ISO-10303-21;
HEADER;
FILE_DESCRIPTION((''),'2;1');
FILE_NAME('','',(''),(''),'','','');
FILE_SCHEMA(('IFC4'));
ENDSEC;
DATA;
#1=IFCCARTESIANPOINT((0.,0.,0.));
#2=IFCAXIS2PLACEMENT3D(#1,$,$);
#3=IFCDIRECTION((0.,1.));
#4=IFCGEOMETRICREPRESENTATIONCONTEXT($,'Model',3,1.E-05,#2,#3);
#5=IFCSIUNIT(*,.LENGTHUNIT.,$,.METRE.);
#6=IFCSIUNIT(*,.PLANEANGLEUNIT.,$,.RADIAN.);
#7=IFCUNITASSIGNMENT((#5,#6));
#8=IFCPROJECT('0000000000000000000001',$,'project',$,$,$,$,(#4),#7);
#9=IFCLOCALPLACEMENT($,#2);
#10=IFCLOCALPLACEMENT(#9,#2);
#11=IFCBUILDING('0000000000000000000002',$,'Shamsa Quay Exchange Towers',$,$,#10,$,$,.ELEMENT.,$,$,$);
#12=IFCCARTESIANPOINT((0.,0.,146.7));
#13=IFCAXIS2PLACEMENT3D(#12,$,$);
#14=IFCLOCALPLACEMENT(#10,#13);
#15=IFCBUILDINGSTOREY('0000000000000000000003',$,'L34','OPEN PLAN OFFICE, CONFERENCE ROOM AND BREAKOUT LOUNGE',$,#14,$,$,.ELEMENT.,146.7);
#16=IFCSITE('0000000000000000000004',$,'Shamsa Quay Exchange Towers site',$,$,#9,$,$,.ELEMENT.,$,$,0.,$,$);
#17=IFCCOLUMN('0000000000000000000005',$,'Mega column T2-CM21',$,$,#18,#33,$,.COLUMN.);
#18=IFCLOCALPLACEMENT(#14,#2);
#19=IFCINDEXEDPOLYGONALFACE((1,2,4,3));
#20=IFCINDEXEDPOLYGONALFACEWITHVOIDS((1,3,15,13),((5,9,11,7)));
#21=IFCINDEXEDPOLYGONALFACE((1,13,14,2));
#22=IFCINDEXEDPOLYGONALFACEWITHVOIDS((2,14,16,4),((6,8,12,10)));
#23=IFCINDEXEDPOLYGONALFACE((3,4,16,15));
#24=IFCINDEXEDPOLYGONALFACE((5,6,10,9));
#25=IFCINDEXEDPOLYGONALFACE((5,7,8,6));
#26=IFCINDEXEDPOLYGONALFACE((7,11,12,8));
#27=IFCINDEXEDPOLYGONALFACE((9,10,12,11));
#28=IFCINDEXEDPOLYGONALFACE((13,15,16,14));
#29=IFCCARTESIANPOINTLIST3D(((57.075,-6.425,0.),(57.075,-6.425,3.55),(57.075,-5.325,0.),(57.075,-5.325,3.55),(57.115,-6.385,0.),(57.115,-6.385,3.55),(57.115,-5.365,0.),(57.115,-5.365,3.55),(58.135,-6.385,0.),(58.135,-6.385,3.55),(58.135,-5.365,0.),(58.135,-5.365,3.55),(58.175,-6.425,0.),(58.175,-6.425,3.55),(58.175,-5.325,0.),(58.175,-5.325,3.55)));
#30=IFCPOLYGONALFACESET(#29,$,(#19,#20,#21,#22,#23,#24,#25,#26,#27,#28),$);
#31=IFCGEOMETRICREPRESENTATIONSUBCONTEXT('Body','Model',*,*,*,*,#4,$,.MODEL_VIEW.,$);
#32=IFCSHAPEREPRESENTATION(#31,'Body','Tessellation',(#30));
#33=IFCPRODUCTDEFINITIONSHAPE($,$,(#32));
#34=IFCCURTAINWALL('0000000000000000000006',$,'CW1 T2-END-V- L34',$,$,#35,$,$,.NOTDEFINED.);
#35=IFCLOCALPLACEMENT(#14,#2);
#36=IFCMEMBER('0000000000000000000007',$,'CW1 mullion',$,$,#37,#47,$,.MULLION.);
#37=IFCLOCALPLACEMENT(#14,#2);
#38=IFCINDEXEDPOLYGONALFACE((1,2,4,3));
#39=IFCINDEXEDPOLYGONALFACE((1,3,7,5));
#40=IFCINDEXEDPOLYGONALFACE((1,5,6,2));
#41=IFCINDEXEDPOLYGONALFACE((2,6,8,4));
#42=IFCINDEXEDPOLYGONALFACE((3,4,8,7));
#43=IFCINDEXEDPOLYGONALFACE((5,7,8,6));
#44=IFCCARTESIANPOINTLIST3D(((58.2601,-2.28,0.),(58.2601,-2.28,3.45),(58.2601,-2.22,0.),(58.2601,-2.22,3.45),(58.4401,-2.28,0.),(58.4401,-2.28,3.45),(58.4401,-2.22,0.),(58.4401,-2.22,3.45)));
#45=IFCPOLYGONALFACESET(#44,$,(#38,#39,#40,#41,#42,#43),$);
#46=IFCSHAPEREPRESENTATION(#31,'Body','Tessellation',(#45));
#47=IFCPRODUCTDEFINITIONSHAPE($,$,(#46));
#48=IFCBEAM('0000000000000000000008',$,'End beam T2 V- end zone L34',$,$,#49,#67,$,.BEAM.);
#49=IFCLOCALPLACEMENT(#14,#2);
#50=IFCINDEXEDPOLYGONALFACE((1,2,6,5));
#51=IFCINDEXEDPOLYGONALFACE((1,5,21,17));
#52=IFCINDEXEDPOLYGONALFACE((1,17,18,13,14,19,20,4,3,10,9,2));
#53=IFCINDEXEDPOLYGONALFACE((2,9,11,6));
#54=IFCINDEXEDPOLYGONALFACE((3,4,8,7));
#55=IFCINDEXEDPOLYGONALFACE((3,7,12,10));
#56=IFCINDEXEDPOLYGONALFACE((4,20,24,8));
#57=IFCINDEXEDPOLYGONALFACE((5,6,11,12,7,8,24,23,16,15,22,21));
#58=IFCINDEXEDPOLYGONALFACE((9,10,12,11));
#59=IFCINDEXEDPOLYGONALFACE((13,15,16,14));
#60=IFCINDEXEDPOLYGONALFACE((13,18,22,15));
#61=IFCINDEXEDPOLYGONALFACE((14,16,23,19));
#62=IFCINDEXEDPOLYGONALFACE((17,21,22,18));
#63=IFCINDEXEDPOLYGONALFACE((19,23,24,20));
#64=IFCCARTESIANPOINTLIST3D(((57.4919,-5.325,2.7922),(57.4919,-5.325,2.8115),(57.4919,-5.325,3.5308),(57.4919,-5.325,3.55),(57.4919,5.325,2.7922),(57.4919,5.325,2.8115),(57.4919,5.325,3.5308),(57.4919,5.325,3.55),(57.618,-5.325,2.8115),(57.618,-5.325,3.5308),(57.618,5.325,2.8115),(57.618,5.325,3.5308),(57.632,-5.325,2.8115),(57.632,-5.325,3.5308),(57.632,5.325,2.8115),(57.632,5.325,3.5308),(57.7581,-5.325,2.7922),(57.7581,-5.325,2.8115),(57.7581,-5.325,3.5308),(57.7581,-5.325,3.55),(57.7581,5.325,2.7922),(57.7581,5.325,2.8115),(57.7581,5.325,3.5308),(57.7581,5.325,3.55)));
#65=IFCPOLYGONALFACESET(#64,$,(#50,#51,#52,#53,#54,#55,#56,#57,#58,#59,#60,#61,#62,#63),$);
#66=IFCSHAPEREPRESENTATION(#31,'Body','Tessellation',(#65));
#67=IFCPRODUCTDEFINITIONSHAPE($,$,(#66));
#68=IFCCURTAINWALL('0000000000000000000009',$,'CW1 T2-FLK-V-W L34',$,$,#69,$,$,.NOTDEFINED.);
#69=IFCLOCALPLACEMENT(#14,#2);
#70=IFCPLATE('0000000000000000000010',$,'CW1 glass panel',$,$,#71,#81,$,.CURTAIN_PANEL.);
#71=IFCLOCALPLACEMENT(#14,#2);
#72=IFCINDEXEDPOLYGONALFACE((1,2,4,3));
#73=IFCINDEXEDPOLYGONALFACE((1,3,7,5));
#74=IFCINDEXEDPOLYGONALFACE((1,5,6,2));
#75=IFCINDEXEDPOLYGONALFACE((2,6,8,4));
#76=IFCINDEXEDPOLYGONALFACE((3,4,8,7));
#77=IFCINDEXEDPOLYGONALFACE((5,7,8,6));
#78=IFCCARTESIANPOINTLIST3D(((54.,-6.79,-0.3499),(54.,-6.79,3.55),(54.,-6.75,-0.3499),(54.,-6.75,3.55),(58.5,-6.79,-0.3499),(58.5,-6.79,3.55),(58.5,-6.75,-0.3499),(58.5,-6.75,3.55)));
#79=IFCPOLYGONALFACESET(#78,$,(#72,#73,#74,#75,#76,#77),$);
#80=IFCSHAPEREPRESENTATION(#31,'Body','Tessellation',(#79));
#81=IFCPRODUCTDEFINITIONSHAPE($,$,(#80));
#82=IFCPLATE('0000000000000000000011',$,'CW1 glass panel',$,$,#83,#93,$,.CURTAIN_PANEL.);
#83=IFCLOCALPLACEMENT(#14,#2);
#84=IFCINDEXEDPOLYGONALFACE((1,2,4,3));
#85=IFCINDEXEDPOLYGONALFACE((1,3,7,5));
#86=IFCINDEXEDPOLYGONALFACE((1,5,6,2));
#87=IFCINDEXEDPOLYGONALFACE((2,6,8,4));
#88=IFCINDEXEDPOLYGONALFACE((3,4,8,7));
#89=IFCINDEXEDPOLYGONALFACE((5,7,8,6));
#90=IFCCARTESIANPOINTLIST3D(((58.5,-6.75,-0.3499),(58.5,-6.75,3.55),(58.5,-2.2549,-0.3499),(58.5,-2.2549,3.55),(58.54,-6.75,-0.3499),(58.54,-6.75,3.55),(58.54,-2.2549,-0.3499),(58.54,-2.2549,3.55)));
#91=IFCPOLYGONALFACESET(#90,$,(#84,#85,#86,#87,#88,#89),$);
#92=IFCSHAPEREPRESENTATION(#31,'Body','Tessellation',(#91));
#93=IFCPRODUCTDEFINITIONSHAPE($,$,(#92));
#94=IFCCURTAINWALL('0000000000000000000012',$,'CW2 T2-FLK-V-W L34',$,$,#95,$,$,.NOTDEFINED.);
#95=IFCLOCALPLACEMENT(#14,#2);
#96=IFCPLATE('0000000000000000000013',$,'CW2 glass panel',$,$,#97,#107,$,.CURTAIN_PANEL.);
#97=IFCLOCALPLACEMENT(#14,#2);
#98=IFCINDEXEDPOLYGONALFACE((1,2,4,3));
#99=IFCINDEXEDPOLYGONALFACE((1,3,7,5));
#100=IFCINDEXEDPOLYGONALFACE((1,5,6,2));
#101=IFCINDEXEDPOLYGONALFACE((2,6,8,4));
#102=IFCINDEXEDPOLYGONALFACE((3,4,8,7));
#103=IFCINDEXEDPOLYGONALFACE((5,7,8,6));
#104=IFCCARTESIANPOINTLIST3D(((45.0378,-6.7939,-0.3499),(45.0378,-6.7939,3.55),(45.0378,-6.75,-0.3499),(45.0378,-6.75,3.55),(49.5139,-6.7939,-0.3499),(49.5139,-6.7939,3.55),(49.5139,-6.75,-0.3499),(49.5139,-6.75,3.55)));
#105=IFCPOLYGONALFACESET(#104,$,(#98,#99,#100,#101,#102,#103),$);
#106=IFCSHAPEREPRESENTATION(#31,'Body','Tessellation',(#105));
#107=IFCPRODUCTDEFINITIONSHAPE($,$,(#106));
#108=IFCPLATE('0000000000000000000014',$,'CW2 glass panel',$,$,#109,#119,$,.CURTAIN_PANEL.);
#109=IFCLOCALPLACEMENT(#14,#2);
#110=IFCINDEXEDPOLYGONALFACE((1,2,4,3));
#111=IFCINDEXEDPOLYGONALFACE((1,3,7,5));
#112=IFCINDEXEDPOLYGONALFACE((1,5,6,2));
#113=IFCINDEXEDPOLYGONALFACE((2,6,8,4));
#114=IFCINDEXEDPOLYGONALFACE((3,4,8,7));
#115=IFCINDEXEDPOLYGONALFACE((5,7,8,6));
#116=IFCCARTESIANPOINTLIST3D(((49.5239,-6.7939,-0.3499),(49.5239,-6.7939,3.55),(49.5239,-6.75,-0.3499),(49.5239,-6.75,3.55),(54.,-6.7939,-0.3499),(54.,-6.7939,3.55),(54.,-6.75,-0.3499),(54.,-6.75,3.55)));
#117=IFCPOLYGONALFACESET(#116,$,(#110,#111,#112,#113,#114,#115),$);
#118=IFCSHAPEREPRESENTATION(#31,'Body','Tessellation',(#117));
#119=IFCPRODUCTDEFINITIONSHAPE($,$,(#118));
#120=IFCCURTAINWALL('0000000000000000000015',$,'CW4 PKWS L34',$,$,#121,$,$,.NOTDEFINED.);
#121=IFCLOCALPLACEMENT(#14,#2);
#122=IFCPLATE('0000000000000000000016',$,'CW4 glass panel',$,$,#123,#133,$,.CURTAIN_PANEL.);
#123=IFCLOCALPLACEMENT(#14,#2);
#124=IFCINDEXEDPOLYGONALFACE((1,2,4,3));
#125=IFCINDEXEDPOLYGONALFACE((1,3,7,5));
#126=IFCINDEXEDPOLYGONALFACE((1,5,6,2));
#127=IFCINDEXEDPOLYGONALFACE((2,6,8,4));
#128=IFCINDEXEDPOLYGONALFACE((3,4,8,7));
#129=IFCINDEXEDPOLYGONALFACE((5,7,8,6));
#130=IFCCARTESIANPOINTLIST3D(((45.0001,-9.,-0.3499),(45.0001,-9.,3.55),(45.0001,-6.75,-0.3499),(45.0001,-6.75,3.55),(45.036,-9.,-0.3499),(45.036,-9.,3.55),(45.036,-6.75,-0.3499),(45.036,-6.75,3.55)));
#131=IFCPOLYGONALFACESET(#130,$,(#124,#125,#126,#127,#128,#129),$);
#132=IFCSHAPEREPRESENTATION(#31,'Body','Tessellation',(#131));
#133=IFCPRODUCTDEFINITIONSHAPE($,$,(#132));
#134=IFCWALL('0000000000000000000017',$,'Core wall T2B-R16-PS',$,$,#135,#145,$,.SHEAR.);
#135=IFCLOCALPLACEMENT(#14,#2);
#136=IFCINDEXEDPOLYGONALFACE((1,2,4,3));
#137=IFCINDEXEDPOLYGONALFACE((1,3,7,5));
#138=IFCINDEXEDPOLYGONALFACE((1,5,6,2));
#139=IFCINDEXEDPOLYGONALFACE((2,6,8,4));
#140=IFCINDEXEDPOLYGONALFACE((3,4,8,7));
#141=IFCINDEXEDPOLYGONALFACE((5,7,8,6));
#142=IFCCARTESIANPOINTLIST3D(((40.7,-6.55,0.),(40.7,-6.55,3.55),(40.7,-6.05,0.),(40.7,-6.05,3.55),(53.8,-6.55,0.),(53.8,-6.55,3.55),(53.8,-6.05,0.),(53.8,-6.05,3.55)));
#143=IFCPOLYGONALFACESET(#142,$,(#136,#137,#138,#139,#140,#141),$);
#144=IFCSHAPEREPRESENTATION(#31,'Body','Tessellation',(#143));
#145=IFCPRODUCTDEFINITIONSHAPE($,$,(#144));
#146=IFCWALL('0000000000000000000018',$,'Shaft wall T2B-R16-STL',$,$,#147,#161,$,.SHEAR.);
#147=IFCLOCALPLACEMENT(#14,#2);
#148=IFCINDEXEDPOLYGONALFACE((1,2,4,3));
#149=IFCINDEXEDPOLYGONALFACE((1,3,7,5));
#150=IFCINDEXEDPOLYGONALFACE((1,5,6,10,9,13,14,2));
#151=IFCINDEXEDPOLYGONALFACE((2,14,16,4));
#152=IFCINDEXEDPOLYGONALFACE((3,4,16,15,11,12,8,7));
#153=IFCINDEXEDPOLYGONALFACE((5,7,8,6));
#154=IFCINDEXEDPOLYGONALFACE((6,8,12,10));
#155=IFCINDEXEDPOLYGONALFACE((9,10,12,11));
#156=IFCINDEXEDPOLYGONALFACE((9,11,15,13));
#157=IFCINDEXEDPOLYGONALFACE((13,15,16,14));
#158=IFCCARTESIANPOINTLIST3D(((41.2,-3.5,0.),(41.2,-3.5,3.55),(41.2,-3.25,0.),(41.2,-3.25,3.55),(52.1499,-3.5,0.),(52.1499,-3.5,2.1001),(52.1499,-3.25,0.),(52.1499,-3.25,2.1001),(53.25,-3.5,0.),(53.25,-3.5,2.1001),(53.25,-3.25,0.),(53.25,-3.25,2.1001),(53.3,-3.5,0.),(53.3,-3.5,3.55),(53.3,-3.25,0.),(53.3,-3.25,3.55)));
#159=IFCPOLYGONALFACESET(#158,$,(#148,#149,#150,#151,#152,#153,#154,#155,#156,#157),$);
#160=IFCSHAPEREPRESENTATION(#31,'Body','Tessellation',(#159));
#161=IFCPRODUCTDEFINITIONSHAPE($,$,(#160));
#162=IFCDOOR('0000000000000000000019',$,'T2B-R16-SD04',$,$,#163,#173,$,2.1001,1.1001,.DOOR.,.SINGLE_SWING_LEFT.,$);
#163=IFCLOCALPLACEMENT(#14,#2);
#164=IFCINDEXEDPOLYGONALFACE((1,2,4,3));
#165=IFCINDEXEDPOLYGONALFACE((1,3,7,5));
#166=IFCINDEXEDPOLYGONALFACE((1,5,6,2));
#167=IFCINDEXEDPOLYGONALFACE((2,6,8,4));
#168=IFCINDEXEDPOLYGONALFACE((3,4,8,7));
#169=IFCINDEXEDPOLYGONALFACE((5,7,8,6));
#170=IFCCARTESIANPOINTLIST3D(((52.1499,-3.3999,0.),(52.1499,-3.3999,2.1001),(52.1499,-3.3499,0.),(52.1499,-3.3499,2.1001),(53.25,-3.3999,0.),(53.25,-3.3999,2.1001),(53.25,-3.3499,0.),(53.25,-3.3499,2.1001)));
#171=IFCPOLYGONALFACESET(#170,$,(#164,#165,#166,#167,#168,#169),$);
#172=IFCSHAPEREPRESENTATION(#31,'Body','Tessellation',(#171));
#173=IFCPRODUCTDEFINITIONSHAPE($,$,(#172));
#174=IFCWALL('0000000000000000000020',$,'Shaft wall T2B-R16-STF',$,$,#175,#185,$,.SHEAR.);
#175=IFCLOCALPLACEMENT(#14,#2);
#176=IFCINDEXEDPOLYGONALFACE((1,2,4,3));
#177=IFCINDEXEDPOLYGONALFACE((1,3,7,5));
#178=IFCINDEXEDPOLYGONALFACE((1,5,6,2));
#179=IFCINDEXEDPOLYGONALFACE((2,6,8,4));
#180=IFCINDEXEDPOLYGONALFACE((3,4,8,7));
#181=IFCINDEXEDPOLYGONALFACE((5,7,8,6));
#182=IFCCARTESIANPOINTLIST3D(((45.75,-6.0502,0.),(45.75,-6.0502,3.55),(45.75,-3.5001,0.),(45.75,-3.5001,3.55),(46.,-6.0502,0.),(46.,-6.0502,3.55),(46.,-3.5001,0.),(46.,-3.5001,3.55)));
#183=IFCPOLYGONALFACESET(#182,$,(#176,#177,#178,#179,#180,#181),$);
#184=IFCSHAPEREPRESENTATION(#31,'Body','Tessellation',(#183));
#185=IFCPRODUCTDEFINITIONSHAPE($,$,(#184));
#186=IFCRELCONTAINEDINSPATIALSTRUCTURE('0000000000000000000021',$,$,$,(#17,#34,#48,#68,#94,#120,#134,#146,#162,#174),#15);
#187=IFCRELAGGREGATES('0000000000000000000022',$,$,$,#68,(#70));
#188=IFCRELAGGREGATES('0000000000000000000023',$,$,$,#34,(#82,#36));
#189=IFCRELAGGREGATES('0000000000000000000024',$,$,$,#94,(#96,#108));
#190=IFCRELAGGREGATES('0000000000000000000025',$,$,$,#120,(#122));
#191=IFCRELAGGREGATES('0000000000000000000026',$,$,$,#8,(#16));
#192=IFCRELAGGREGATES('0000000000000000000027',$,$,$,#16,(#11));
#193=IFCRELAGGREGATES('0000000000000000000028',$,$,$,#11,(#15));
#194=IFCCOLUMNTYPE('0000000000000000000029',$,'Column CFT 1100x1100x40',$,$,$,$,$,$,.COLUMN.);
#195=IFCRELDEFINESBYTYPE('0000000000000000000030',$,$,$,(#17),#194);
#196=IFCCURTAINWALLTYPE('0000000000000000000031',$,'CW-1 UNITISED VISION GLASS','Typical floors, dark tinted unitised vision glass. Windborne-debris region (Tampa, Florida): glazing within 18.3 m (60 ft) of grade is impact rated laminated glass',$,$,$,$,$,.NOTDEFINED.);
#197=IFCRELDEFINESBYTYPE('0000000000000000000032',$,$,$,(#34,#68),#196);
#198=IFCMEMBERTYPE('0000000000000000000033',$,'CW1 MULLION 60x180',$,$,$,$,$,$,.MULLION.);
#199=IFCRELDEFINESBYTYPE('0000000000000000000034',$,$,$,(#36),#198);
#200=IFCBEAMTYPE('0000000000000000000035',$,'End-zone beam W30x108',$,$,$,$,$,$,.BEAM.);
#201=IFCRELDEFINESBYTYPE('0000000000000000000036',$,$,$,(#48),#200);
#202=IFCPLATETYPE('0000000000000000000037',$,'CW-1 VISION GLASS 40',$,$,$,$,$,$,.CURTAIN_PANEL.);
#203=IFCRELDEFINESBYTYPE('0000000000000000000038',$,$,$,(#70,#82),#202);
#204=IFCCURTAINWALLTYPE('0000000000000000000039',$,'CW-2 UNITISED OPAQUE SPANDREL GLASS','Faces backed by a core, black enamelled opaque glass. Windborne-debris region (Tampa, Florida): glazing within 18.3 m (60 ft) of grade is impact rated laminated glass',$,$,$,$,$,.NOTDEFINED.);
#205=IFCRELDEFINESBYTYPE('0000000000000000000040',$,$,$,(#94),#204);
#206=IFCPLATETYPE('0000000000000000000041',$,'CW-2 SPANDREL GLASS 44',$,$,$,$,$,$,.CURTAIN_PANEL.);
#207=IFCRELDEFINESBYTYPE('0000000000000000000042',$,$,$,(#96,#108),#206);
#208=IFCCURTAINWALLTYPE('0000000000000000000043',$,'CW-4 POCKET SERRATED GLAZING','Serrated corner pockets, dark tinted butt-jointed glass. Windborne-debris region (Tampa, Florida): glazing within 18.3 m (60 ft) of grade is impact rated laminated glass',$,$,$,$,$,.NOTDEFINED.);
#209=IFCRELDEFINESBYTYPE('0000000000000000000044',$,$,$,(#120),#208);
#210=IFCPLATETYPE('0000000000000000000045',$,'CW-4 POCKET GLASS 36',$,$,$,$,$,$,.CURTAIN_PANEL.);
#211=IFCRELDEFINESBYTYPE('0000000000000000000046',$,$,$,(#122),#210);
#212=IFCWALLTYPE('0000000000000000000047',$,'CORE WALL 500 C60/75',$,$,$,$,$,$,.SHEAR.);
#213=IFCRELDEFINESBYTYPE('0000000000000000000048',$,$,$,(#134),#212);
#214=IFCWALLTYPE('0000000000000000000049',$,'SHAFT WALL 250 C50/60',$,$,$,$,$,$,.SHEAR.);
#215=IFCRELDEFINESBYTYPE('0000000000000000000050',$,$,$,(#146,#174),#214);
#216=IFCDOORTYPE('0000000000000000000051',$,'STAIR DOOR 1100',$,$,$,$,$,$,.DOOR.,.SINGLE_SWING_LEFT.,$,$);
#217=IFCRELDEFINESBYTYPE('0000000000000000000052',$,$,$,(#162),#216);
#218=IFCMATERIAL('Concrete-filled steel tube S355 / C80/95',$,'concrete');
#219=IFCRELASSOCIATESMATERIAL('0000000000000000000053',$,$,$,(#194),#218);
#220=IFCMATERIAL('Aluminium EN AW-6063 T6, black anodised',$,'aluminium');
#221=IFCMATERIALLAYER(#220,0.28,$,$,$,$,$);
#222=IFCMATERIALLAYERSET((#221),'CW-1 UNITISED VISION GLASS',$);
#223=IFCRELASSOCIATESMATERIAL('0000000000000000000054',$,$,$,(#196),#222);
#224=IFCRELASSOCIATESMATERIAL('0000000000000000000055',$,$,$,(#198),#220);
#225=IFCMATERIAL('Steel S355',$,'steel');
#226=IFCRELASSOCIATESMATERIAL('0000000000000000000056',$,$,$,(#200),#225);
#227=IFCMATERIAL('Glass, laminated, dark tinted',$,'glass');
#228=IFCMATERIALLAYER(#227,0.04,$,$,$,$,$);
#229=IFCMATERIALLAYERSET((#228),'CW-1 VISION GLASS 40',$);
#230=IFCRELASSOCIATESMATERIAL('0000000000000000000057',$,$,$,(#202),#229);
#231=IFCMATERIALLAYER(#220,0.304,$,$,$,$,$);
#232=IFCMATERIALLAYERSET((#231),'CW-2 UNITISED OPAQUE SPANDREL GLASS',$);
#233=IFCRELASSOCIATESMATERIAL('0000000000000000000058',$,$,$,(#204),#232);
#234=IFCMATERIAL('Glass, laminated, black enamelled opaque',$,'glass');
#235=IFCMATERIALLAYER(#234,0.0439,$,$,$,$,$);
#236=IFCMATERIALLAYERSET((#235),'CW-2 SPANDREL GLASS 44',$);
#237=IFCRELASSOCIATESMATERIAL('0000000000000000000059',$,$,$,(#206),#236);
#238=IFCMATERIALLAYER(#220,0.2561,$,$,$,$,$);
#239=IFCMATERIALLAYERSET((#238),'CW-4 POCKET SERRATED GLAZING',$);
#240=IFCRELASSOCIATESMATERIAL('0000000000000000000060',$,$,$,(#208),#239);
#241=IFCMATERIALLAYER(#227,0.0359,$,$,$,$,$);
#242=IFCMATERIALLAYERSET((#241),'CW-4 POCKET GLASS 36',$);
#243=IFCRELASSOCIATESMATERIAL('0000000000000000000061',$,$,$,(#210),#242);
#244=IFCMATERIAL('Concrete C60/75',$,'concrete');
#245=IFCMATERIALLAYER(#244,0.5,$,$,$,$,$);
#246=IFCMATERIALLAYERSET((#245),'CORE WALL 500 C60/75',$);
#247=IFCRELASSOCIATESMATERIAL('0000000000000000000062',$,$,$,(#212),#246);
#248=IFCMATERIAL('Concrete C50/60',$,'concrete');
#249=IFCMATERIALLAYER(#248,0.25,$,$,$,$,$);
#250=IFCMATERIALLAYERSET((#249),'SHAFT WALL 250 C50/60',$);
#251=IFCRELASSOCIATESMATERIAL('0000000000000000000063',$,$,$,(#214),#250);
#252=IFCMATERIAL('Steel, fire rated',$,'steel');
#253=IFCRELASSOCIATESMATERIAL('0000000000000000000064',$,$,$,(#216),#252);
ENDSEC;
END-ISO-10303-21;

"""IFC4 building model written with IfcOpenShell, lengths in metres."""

from ifc_helpers import new_model, si_unit, direction, frame, frame_2d, origin, origin_2d, place, context, subcontext, project, spatial, rectangle, hollow_rectangle, i_section, extrude, material, layer, layer_set, material_profile, profile_set, type_object, element, fill, aggregate, save


model = new_model("IFC4")

# Units and contexts
model_context = context("Model", 3, precision=1e-05, world=origin(), true_north=direction((0.0, 1.0)))
body_context = subcontext(model_context, "Body", "Model", "MODEL_VIEW")
ifc_project = project(units=[si_unit("LENGTHUNIT", "METRE"), si_unit("PLANEANGLEUNIT", "RADIAN")], contexts=[model_context])

# Site, building, storey
site_placement = place(None, origin())
site = spatial("IfcSite", under=ifc_project, at=site_placement, Name="Shamsa Quay Exchange Towers site", CompositionType="ELEMENT", RefElevation=0.0)
building_placement = place(site_placement, origin())
building = spatial("IfcBuilding", under=site, at=building_placement, Name="Shamsa Quay Exchange Towers", CompositionType="ELEMENT")
storey_placement = place(building_placement, frame((0.0, 0.0, 146.7)))
storey = spatial("IfcBuildingStorey", under=building, at=storey_placement, Name="L34", Description="OPEN PLAN OFFICE, CONFERENCE ROOM AND BREAKOUT LOUNGE", CompositionType="ELEMENT", Elevation=146.7)

# Column
ifc_material_1 = material(Name="Concrete-filled steel tube S355 / C80/95", Category="concrete")
ifc_material_profile_1 = material_profile(ifc_material_1, hollow_rectangle(XDim=1.1001, YDim=1.1001, WallThickness=0.04, at=origin_2d()), Name="CFT 1100x1100x40")
ifc_profile_set_1 = profile_set([ifc_material_profile_1], Name="Concrete-filled steel tube S355 / C80/95")
column_type = type_object("IfcColumnType", Name="Column CFT 1100x1100x40", PredefinedType="COLUMN", material=ifc_profile_set_1)
column_placement = place(storey_placement, frame((57.625, -5.875, 0.0)))
element("IfcColumn", 1, at=column_placement, inside=storey, type_object=column_type, Name="Mega column T2-CM21", PredefinedType="COLUMN", context=body_context, shape_type="SweptSolid", body=[
    extrude(hollow_rectangle(XDim=1.1001, YDim=1.1001, WallThickness=0.04, at=origin_2d()), origin(), (0.0, 0.0, 1.0), 3.55),
])

# Curtain wall, member
ifc_material_2 = material(Name="Aluminium EN AW-6063 T6, black anodised", Category="aluminium")
ifc_layer_1 = layer(ifc_material_2, 0.28)
ifc_layer_set_1 = layer_set([ifc_layer_1], Name="CW-1 UNITISED VISION GLASS")
curtain_wall_type_1 = type_object("IfcCurtainWallType", Name="CW-1 UNITISED VISION GLASS", Description="Typical floors, dark tinted unitised vision glass. Windborne-debris region (Tampa, Florida): glazing within 18.3 m (60 ft) of grade is impact rated laminated glass", PredefinedType="NOTDEFINED", material=ifc_layer_set_1)
curtain_wall_1_placement = place(storey_placement, origin())
curtain_wall_1 = element("IfcCurtainWall", 2, at=curtain_wall_1_placement, inside=storey, type_object=curtain_wall_type_1, Name="CW1 T2-END-V- L34", PredefinedType="NOTDEFINED")
ifc_material_profile_2 = material_profile(ifc_material_2, rectangle(XDim=0.1799, YDim=0.0601, at=origin_2d()), Name="MU60x180")
ifc_profile_set_2 = profile_set([ifc_material_profile_2], Name="Aluminium EN AW-6063 T6, black anodised")
member_type = type_object("IfcMemberType", Name="CW1 MULLION 60x180", PredefinedType="MULLION", material=ifc_profile_set_2)
member_placement = place(storey_placement, frame((58.3501, -2.25, 0.0), z_axis=(0.0, 0.0, 1.0), x_axis=(-1.0, 0.0, 0.0)))
member = element("IfcMember", 3, at=member_placement, type_object=member_type, Name="CW1 mullion", PredefinedType="MULLION", context=body_context, shape_type="SweptSolid", body=[
    extrude(rectangle(XDim=0.1799, YDim=0.0601, at=origin_2d()), origin(), (0.0, 0.0, 1.0), 3.45),
])

# Beam
ifc_material_3 = material(Name="Steel S355", Category="steel")
ifc_material_profile_3 = material_profile(ifc_material_3, i_section(OverallWidth=0.2661, OverallDepth=0.7578, WebThickness=0.0139, FlangeThickness=0.0193, at=origin_2d()), Name="W30x108")
ifc_profile_set_3 = profile_set([ifc_material_profile_3], Name="Steel S355")
beam_type = type_object("IfcBeamType", Name="End-zone beam W30x108", PredefinedType="BEAM", material=ifc_profile_set_3)
beam_placement = place(storey_placement, frame((57.625, -5.325, 3.1711), z_axis=(0.0, 1.0, 0.0), x_axis=(-1.0, 0.0, 0.0)))
element("IfcBeam", 4, at=beam_placement, inside=storey, type_object=beam_type, Name="End beam T2 V- end zone L34", PredefinedType="BEAM", context=body_context, shape_type="SweptSolid", body=[
    extrude(i_section(OverallWidth=0.2661, OverallDepth=0.7578, WebThickness=0.0139, FlangeThickness=0.0193, at=origin_2d()), origin(), (0.0, 0.0, 1.0), 10.6499),
])

# Curtain wall, plate
curtain_wall_2_placement = place(storey_placement, origin())
curtain_wall_2 = element("IfcCurtainWall", 5, at=curtain_wall_2_placement, inside=storey, type_object=curtain_wall_type_1, Name="CW1 T2-FLK-V-W L34", PredefinedType="NOTDEFINED")
ifc_material_4 = material(Name="Glass, laminated, dark tinted", Category="glass")
ifc_layer_2 = layer(ifc_material_4, 0.04)
ifc_layer_set_2 = layer_set([ifc_layer_2], Name="CW-1 VISION GLASS 40")
plate_type_1 = type_object("IfcPlateType", Name="CW-1 VISION GLASS 40", PredefinedType="CURTAIN_PANEL", material=ifc_layer_set_2)
plate_1_placement = place(storey_placement, frame((56.25, -6.77, -0.3499)))
plate_1 = element("IfcPlate", 6, at=plate_1_placement, type_object=plate_type_1, Name="CW1 glass panel", PredefinedType="CURTAIN_PANEL", context=body_context, shape_type="SweptSolid", body=[
    extrude(rectangle(XDim=4.5, YDim=0.04, at=origin_2d()), origin(), (0.0, 0.0, 1.0), 3.8999),
])
aggregate(curtain_wall_2, [plate_1])

# Plate
plate_2_placement = place(storey_placement, frame((58.52, -4.5024, -0.3499), z_axis=(0.0, 0.0, 1.0), x_axis=(0.0, 1.0, 0.0)))
plate_2 = element("IfcPlate", 7, at=plate_2_placement, type_object=plate_type_1, Name="CW1 glass panel", PredefinedType="CURTAIN_PANEL", context=body_context, shape_type="SweptSolid", body=[
    extrude(rectangle(XDim=4.4951, YDim=0.04, at=origin_2d()), origin(), (0.0, 0.0, 1.0), 3.8999),
])
aggregate(curtain_wall_1, [plate_2, member])

# Curtain wall, plates
ifc_layer_3 = layer(ifc_material_2, 0.304)
ifc_layer_set_3 = layer_set([ifc_layer_3], Name="CW-2 UNITISED OPAQUE SPANDREL GLASS")
curtain_wall_type_2 = type_object("IfcCurtainWallType", Name="CW-2 UNITISED OPAQUE SPANDREL GLASS", Description="Faces backed by a core, black enamelled opaque glass. Windborne-debris region (Tampa, Florida): glazing within 18.3 m (60 ft) of grade is impact rated laminated glass", PredefinedType="NOTDEFINED", material=ifc_layer_set_3)
curtain_wall_3_placement = place(storey_placement, origin())
curtain_wall_3 = element("IfcCurtainWall", 8, at=curtain_wall_3_placement, inside=storey, type_object=curtain_wall_type_2, Name="CW2 T2-FLK-V-W L34", PredefinedType="NOTDEFINED")
ifc_material_5 = material(Name="Glass, laminated, black enamelled opaque", Category="glass")
ifc_layer_4 = layer(ifc_material_5, 0.0439)
ifc_layer_set_4 = layer_set([ifc_layer_4], Name="CW-2 SPANDREL GLASS 44")
plate_type_2 = type_object("IfcPlateType", Name="CW-2 SPANDREL GLASS 44", PredefinedType="CURTAIN_PANEL", material=ifc_layer_set_4)
plate_3_placement = place(storey_placement, frame((47.2759, -6.772, -0.3499)))
plate_3 = element("IfcPlate", 9, at=plate_3_placement, type_object=plate_type_2, Name="CW2 glass panel", PredefinedType="CURTAIN_PANEL", context=body_context, shape_type="SweptSolid", body=[
    extrude(rectangle(XDim=4.4761, YDim=0.0439, at=origin_2d()), origin(), (0.0, 0.0, 1.0), 3.8999),
])
plate_4_placement = place(storey_placement, frame((51.762, -6.772, -0.3499)))
plate_4 = element("IfcPlate", 10, at=plate_4_placement, type_object=plate_type_2, Name="CW2 glass panel", PredefinedType="CURTAIN_PANEL", context=body_context, shape_type="SweptSolid", body=[
    extrude(rectangle(XDim=4.4761, YDim=0.0439, at=origin_2d()), origin(), (0.0, 0.0, 1.0), 3.8999),
])
aggregate(curtain_wall_3, [plate_3, plate_4])

# Curtain wall, plate
ifc_layer_5 = layer(ifc_material_2, 0.2561)
ifc_layer_set_5 = layer_set([ifc_layer_5], Name="CW-4 POCKET SERRATED GLAZING")
curtain_wall_type_3 = type_object("IfcCurtainWallType", Name="CW-4 POCKET SERRATED GLAZING", Description="Serrated corner pockets, dark tinted butt-jointed glass. Windborne-debris region (Tampa, Florida): glazing within 18.3 m (60 ft) of grade is impact rated laminated glass", PredefinedType="NOTDEFINED", material=ifc_layer_set_5)
curtain_wall_4_placement = place(storey_placement, origin())
curtain_wall_4 = element("IfcCurtainWall", 11, at=curtain_wall_4_placement, inside=storey, type_object=curtain_wall_type_3, Name="CW4 PKWS L34", PredefinedType="NOTDEFINED")
ifc_layer_6 = layer(ifc_material_4, 0.0359)
ifc_layer_set_6 = layer_set([ifc_layer_6], Name="CW-4 POCKET GLASS 36")
plate_type_3 = type_object("IfcPlateType", Name="CW-4 POCKET GLASS 36", PredefinedType="CURTAIN_PANEL", material=ifc_layer_set_6)
plate_5_placement = place(storey_placement, frame((45.0181, -7.875, -0.3499), z_axis=(0.0, 0.0, 1.0), x_axis=(0.0, 1.0, 0.0)))
plate_5 = element("IfcPlate", 12, at=plate_5_placement, type_object=plate_type_3, Name="CW4 glass panel", PredefinedType="CURTAIN_PANEL", context=body_context, shape_type="SweptSolid", body=[
    extrude(rectangle(XDim=2.25, YDim=0.0359, at=origin_2d()), origin(), (0.0, 0.0, 1.0), 3.8999),
])
aggregate(curtain_wall_4, [plate_5])

# Wall
ifc_material_6 = material(Name="Concrete C60/75", Category="concrete")
ifc_layer_7 = layer(ifc_material_6, 0.5)
ifc_layer_set_7 = layer_set([ifc_layer_7], Name="CORE WALL 500 C60/75")
wall_type_1 = type_object("IfcWallType", Name="CORE WALL 500 C60/75", PredefinedType="SHEAR", material=ifc_layer_set_7)
wall_1_placement = place(storey_placement, frame((53.8, -6.3, 0.0), z_axis=(0.0, 0.0, 1.0), x_axis=(-1.0, 0.0, 0.0)))
element("IfcWall", 13, at=wall_1_placement, inside=storey, type_object=wall_type_1, Name="Core wall T2B-R16-PS", PredefinedType="SHEAR", context=body_context, shape_type="SweptSolid", body=[
    extrude(rectangle(XDim=13.1001, YDim=0.5, at=frame_2d((6.55, 0.0))), origin(), (0.0, 0.0, 1.0), 3.55),
])

# Wall, opening, door
ifc_material_7 = material(Name="Steel, fire rated", Category="steel")
ifc_material_8 = material(Name="Concrete C50/60", Category="concrete")
ifc_layer_8 = layer(ifc_material_8, 0.25)
ifc_layer_set_8 = layer_set([ifc_layer_8], Name="SHAFT WALL 250 C50/60")
wall_type_2 = type_object("IfcWallType", Name="SHAFT WALL 250 C50/60", PredefinedType="SHEAR", material=ifc_layer_set_8)
wall_2_placement = place(storey_placement, frame((53.3, -3.375, 0.0), z_axis=(0.0, 0.0, 1.0), x_axis=(-1.0, 0.0, 0.0)))
wall_2 = element("IfcWall", 14, at=wall_2_placement, inside=storey, type_object=wall_type_2, Name="Shaft wall T2B-R16-STL", PredefinedType="SHEAR", context=body_context, shape_type="SweptSolid", body=[
    extrude(rectangle(XDim=12.1001, YDim=0.25, at=frame_2d((6.05, 0.0))), origin(), (0.0, 0.0, 1.0), 3.55),
])
opening_1_placement = place(wall_2_placement, frame((0.05, 0.0, 0.0)))
opening_1 = element("IfcOpeningElement", 15, at=opening_1_placement, cuts=wall_2, PredefinedType="OPENING", context=body_context, shape_type="SweptSolid", body=[
    extrude(rectangle(XDim=1.1001, YDim=2.1001, at=frame_2d((0.55, 1.05))), frame((0.0, 0.135, 0.0), z_axis=(0.0, -1.0, 0.0), x_axis=(1.0, 0.0, 0.0)), (0.0, 0.0, 1.0), 0.27),
])
door_type_1 = type_object("IfcDoorType", Name="STAIR DOOR 1100", OperationType="SINGLE_SWING_LEFT", PredefinedType="DOOR", material=ifc_material_7)
door_1_placement = place(opening_1_placement, origin())
door_1 = element("IfcDoor", 16, at=door_1_placement, inside=storey, type_object=door_type_1, Name="T2B-R16-SD04", OperationType="SINGLE_SWING_LEFT", OverallHeight=2.1001, OverallWidth=1.1001, PredefinedType="DOOR", context=body_context, shape_type="SweptSolid", body=[
    extrude(rectangle(XDim=1.1001, YDim=2.1001, at=frame_2d((0.55, 1.05))), frame((0.0, 0.0249, 0.0), z_axis=(0.0, -1.0, 0.0), x_axis=(1.0, 0.0, 0.0)), (0.0, 0.0, 1.0), 0.05),
])
fill(opening_1, door_1)

# Wall
wall_3_placement = place(storey_placement, frame((45.875, -6.05, 0.0), z_axis=(0.0, 0.0, 1.0), x_axis=(0.0, 1.0, 0.0)))
element("IfcWall", 17, at=wall_3_placement, inside=storey, type_object=wall_type_2, Name="Shaft wall T2B-R16-STF", PredefinedType="SHEAR", context=body_context, shape_type="SweptSolid", body=[
    extrude(rectangle(XDim=2.55, YDim=0.25, at=frame_2d((1.2749, 0.0))), origin(), (0.0, 0.0, 1.0), 3.55),
])

save(model, "model.ifc")
